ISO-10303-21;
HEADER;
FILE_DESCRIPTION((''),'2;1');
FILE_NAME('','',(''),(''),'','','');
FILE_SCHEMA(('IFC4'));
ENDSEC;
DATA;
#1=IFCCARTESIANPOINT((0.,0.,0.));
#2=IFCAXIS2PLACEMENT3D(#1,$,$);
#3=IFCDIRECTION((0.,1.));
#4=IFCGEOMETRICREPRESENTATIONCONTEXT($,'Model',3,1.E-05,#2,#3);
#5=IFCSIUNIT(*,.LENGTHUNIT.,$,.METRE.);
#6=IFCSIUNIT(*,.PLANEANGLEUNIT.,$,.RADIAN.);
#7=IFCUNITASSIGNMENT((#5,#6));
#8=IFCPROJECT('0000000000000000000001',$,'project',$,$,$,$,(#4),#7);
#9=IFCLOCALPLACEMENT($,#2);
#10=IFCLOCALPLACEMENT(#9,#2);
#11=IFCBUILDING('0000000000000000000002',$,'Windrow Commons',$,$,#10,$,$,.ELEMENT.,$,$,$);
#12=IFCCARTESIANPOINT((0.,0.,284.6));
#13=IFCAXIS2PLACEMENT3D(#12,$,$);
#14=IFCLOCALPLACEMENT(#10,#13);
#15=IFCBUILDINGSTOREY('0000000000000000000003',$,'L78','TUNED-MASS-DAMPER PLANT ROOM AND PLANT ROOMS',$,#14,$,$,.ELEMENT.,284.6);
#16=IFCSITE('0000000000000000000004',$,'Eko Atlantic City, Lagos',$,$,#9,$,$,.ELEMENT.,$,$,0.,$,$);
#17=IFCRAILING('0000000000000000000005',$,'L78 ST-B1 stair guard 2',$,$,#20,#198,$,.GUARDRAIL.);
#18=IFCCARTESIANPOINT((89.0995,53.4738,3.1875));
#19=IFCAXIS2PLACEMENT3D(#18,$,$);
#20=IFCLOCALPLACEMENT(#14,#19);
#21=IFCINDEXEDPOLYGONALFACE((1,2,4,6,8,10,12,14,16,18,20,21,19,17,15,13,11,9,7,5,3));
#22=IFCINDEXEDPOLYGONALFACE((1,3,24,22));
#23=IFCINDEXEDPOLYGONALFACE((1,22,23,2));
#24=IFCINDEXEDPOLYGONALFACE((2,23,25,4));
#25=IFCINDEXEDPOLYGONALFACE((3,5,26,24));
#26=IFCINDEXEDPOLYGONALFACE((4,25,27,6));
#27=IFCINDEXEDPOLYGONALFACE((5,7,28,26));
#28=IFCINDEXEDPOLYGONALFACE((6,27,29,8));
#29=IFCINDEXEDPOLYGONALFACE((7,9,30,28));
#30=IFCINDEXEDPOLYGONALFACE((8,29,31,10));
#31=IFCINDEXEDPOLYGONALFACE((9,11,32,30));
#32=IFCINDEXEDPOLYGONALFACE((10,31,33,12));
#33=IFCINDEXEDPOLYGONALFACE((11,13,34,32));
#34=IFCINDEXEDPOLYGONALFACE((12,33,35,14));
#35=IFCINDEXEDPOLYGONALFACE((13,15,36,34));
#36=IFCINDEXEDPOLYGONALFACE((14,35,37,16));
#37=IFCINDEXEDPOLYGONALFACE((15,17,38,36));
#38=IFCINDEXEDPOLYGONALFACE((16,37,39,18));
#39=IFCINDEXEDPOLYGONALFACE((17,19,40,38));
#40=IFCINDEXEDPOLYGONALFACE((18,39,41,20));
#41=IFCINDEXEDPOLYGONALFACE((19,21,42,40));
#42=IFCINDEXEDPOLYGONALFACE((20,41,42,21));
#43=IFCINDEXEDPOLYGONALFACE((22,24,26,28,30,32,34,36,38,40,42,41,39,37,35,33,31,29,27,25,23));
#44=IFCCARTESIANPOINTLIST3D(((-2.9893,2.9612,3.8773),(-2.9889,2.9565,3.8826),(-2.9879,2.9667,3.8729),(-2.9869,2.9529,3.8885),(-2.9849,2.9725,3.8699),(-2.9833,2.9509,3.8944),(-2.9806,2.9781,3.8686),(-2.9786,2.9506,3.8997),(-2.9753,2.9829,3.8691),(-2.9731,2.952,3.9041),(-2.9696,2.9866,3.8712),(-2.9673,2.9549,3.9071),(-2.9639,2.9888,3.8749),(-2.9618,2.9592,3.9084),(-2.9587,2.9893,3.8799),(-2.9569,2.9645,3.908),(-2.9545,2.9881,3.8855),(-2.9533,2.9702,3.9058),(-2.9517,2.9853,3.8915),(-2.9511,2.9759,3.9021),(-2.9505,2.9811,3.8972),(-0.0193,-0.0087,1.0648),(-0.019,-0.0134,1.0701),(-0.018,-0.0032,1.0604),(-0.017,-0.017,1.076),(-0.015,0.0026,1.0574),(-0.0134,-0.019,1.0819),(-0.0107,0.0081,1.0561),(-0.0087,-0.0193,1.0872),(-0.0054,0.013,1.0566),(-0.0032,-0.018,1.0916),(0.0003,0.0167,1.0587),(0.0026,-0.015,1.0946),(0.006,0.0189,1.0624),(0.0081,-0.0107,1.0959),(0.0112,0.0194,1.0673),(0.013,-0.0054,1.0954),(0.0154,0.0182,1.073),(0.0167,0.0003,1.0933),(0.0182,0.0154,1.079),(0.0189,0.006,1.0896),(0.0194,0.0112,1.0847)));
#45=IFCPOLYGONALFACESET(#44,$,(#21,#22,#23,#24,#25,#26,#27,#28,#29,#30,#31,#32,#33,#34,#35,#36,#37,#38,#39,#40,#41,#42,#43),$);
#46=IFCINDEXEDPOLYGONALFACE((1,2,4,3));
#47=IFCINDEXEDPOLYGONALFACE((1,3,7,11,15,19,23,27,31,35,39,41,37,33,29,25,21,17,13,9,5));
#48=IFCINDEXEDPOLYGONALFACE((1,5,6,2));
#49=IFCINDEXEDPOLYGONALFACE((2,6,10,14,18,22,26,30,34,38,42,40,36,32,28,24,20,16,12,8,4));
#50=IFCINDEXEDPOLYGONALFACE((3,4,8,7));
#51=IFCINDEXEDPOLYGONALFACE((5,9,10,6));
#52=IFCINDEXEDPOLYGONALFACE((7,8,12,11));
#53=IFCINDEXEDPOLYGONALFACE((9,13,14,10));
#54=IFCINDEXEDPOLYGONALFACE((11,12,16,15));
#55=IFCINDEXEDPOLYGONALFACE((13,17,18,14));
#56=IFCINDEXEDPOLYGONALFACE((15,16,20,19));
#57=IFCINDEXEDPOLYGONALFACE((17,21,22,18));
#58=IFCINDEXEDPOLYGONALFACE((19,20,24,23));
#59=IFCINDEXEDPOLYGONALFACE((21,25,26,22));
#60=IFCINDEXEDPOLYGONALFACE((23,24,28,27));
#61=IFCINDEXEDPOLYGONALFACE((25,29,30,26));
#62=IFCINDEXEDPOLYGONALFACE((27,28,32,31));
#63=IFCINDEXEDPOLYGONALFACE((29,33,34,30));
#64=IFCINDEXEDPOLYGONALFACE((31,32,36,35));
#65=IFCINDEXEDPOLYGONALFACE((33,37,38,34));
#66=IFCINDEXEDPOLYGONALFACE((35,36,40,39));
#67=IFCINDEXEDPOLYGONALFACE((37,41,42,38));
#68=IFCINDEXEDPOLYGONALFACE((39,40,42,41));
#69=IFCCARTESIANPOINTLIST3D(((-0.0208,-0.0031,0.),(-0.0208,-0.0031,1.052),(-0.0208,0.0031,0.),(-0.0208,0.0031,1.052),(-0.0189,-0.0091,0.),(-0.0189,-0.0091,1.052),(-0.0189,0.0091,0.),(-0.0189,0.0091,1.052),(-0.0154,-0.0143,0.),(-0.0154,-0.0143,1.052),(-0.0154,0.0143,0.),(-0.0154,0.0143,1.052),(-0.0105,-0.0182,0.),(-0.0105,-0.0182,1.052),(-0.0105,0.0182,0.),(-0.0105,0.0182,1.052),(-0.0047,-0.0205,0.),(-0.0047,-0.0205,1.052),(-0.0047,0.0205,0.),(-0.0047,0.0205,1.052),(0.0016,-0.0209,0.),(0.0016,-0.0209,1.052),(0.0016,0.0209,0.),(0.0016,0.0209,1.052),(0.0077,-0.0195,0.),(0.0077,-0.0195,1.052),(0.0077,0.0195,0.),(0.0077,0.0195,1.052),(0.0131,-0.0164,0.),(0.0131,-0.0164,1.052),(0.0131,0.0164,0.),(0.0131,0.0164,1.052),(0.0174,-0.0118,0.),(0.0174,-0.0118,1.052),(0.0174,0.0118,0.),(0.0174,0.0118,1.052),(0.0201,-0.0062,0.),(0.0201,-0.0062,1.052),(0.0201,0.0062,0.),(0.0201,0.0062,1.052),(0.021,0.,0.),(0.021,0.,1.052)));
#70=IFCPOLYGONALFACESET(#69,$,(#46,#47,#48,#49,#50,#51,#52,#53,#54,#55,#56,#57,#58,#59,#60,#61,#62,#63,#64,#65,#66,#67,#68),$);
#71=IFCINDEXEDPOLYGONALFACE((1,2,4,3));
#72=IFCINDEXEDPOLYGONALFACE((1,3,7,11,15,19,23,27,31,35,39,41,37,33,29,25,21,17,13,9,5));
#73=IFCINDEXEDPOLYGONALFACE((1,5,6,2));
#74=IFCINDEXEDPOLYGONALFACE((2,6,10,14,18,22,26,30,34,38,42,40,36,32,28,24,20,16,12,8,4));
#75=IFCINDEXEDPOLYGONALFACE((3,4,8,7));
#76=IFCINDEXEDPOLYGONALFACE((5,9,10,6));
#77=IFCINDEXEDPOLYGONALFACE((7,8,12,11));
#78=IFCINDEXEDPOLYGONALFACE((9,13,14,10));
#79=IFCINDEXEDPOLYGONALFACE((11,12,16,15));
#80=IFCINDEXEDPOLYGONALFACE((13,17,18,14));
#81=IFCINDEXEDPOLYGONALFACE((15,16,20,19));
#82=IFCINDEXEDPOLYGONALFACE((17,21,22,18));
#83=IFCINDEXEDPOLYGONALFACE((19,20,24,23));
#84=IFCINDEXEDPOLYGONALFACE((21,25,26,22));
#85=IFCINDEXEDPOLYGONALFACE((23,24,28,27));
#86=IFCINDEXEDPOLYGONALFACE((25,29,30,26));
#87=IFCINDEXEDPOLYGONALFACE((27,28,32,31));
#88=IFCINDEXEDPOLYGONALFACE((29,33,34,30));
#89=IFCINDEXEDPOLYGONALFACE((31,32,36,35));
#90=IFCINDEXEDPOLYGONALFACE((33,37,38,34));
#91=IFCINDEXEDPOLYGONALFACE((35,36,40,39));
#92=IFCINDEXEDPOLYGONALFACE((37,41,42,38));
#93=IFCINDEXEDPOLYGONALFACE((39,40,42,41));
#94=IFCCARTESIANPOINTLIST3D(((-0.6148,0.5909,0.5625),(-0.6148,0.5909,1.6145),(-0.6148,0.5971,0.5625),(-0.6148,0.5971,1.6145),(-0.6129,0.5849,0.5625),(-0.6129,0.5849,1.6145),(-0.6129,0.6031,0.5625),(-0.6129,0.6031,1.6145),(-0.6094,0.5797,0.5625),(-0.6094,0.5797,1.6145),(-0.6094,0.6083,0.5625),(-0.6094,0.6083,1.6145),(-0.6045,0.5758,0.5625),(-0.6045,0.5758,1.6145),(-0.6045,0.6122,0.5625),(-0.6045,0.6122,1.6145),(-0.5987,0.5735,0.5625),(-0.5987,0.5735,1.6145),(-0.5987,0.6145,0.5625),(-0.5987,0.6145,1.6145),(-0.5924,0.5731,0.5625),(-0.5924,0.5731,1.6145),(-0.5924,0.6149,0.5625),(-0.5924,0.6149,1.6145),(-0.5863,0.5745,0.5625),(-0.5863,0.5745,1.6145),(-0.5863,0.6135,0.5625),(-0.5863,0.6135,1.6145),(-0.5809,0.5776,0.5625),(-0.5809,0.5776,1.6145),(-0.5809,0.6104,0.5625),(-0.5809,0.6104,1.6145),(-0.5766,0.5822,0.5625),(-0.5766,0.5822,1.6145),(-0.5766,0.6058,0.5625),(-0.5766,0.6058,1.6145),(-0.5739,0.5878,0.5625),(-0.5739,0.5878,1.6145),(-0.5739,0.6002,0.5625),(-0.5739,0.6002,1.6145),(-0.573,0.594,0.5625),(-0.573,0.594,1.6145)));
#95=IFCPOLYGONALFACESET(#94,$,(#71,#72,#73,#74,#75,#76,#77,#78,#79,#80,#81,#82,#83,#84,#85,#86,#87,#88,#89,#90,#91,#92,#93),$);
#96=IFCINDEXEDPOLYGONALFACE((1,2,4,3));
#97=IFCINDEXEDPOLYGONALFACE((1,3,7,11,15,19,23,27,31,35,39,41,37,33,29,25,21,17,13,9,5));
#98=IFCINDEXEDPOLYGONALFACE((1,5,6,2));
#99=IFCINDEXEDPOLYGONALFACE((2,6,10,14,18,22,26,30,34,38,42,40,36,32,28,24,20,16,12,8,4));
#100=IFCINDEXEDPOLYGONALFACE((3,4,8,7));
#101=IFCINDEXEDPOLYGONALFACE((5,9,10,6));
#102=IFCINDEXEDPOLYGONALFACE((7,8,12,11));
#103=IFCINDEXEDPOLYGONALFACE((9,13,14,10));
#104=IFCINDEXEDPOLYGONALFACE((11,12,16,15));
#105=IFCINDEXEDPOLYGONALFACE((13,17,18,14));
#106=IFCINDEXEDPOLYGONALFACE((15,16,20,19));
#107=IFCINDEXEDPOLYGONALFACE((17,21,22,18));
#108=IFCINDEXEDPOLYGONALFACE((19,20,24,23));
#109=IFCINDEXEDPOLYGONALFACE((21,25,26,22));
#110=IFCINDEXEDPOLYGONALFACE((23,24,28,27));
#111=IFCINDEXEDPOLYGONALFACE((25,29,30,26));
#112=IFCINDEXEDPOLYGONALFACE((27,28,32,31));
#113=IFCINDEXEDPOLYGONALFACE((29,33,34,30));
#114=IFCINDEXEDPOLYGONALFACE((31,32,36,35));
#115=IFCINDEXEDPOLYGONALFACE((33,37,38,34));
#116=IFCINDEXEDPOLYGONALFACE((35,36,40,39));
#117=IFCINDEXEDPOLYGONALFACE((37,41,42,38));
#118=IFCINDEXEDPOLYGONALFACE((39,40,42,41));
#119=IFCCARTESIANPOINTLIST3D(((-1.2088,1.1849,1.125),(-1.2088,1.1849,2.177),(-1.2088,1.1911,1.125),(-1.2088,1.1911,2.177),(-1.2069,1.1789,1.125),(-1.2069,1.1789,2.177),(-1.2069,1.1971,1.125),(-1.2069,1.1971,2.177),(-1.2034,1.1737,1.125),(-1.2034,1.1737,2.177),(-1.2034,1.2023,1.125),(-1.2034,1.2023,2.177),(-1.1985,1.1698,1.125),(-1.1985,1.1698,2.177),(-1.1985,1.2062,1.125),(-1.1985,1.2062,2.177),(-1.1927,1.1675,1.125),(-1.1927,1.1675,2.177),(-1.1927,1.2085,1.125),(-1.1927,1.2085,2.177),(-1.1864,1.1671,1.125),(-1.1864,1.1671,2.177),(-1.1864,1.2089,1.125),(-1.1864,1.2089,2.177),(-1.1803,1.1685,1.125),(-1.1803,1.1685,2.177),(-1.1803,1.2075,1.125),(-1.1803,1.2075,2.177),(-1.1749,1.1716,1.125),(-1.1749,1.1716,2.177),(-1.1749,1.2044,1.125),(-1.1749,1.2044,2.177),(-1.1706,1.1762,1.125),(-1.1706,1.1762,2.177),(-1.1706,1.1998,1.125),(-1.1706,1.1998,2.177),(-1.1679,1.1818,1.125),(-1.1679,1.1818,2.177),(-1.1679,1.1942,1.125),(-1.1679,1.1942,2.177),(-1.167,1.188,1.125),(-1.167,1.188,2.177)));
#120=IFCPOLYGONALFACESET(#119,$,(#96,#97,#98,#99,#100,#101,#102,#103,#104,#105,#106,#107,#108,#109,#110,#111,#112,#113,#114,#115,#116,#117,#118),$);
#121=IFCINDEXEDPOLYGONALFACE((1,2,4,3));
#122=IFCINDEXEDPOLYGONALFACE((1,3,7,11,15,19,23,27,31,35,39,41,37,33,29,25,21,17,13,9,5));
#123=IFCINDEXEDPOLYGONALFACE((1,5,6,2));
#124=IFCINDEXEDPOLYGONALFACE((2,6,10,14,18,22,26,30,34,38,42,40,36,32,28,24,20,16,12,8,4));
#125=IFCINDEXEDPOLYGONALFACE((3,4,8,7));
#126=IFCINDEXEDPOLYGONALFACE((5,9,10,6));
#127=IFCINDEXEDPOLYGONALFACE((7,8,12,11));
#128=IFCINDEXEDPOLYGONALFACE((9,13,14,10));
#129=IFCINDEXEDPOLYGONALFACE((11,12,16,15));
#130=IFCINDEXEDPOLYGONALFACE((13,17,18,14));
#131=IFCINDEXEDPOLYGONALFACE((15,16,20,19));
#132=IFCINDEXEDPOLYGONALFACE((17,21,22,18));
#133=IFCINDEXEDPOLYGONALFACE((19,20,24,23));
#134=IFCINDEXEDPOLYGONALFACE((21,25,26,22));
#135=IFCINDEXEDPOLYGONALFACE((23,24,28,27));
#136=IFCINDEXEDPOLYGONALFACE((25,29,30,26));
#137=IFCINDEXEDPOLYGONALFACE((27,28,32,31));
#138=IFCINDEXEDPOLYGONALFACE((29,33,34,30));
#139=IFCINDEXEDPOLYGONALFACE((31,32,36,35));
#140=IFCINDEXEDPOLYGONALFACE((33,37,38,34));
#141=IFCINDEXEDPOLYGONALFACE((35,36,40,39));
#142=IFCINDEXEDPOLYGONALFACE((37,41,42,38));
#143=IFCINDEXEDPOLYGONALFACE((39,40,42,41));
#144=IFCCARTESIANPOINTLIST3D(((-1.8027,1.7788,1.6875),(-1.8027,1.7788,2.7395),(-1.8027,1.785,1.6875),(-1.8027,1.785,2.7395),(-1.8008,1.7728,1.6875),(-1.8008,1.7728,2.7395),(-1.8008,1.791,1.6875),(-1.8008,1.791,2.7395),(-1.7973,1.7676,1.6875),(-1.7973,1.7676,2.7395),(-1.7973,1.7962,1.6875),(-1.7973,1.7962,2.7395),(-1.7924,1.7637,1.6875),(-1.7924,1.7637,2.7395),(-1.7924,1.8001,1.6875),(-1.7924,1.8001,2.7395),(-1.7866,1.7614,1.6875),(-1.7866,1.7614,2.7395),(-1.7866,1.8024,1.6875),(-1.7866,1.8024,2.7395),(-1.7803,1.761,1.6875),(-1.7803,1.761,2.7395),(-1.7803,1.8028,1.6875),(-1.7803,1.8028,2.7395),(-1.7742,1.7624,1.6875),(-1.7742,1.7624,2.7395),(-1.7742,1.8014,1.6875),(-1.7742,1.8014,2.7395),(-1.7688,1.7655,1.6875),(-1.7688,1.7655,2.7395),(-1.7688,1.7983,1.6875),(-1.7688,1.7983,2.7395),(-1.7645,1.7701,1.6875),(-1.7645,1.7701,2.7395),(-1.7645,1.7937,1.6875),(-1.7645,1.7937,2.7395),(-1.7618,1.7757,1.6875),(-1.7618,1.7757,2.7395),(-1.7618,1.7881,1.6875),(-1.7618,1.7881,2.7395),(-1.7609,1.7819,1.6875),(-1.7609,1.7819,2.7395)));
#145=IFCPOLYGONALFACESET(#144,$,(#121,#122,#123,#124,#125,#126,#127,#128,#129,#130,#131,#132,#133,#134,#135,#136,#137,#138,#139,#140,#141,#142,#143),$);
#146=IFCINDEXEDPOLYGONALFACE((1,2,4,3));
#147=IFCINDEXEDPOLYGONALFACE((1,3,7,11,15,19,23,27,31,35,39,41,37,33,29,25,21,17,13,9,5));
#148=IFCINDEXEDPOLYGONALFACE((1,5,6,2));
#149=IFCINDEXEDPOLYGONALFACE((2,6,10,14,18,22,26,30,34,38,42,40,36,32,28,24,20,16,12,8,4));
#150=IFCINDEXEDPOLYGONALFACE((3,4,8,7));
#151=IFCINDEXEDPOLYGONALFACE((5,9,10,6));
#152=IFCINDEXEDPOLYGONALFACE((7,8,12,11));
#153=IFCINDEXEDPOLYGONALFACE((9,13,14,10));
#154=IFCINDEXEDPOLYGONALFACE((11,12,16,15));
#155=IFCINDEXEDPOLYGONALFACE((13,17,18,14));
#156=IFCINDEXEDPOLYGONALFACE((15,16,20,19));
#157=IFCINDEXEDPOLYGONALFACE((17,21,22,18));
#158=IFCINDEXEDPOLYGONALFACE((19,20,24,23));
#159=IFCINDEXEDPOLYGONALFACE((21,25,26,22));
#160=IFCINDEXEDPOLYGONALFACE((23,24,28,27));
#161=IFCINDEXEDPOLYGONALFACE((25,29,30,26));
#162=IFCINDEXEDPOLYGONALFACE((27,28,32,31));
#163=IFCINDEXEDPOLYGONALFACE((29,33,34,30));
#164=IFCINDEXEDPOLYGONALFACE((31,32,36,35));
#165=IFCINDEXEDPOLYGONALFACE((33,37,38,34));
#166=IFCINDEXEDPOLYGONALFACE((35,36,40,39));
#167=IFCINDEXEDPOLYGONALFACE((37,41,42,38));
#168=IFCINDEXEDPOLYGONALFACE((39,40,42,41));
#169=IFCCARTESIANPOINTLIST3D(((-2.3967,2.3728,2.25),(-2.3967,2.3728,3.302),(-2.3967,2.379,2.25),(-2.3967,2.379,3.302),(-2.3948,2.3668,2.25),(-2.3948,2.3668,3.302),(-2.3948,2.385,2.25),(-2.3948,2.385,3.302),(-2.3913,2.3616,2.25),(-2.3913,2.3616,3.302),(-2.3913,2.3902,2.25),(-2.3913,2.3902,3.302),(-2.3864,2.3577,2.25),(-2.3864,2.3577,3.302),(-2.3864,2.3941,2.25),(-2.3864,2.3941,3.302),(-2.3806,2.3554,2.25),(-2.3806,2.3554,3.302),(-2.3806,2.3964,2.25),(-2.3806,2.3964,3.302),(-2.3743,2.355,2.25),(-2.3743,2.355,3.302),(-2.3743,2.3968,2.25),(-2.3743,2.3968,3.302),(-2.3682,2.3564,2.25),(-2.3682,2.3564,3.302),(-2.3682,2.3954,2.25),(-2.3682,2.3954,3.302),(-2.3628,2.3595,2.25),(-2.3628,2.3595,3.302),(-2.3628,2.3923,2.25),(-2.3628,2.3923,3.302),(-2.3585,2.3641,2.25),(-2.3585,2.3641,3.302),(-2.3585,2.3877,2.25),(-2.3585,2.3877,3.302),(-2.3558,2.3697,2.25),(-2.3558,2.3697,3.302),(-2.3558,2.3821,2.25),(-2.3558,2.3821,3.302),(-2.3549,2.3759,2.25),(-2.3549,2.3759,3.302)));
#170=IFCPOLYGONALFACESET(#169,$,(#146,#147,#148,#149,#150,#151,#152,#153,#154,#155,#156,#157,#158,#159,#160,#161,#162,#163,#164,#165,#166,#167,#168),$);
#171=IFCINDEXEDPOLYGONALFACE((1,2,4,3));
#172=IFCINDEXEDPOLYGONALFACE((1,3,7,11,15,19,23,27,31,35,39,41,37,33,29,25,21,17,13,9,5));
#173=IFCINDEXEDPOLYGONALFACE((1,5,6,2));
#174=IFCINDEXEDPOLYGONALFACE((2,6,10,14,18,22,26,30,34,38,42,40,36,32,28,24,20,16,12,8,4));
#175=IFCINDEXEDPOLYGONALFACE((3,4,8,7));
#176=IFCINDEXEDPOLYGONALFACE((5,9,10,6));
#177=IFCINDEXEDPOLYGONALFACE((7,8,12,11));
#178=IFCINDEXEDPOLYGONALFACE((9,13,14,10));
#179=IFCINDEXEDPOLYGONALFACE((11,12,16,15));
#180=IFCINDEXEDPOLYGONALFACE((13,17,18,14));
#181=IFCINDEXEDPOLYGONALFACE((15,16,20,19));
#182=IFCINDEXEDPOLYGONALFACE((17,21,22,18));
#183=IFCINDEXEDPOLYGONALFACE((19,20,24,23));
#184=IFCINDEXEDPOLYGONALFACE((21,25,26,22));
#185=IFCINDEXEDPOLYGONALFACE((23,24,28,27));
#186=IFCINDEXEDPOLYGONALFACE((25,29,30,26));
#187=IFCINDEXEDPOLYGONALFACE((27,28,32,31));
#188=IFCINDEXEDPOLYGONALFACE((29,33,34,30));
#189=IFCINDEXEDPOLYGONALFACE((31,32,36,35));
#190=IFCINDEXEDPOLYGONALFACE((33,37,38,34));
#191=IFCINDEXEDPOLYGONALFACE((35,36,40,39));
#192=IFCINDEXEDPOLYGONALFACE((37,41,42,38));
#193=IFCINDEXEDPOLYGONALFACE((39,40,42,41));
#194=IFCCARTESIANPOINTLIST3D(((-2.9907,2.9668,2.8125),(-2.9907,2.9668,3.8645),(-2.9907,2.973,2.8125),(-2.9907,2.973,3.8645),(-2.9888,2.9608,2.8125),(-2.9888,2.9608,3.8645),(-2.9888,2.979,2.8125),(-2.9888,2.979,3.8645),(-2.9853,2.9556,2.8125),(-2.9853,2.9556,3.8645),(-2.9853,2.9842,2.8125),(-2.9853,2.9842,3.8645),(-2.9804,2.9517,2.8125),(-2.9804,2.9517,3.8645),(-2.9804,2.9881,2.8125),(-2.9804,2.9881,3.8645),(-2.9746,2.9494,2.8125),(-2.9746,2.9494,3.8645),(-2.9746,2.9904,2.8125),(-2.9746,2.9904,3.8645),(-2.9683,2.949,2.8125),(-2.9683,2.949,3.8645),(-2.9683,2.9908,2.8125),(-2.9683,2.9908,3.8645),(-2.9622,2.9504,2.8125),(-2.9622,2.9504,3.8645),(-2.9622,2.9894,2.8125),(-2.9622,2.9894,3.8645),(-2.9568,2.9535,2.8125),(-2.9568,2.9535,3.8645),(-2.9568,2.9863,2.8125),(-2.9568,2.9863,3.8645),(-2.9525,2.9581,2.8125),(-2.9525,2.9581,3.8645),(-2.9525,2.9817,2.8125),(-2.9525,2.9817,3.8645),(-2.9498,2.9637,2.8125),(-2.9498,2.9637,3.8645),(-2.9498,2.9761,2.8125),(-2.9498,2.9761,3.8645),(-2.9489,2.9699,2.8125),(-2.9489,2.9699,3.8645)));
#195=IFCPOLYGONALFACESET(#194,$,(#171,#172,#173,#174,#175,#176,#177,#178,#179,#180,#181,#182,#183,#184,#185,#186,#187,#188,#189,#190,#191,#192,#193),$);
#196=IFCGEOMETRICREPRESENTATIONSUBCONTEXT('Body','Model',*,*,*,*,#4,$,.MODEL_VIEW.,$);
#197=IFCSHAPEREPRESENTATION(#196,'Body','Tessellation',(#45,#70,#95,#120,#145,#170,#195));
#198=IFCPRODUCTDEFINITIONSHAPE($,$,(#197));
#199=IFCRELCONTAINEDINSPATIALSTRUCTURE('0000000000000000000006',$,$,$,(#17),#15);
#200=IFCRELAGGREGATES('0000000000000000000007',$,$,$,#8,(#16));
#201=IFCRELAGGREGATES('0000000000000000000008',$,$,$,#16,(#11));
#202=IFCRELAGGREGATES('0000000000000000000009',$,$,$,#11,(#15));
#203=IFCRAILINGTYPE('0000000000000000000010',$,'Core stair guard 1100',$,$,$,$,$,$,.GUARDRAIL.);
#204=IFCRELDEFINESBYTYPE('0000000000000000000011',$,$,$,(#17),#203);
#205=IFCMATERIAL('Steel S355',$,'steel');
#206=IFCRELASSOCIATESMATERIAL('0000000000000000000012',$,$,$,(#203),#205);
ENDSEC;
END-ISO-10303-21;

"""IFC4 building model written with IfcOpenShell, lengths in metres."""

from ifc_helpers import new_model, si_unit, direction, frame, origin, origin_2d, place, context, subcontext, project, spatial, circle, extrude, material, type_object, element, save


model = new_model("IFC4")

# Units and contexts
model_context = context("Model", 3, precision=1e-05, world=origin(), true_north=direction((0.0, 1.0)))
body_context = subcontext(model_context, "Body", "Model", "MODEL_VIEW")
ifc_project = project(units=[si_unit("LENGTHUNIT", "METRE"), si_unit("PLANEANGLEUNIT", "RADIAN")], contexts=[model_context])

# Site, building, storey
site_placement = place(None, origin())
site = spatial("IfcSite", under=ifc_project, at=site_placement, Name="Eko Atlantic City, Lagos", CompositionType="ELEMENT", RefElevation=0.0)
building_placement = place(site_placement, origin())
building = spatial("IfcBuilding", under=site, at=building_placement, Name="Windrow Commons", CompositionType="ELEMENT")
storey_placement = place(building_placement, frame((0.0, 0.0, 284.6)))
storey = spatial("IfcBuildingStorey", under=building, at=storey_placement, Name="L78", Description="TUNED-MASS-DAMPER PLANT ROOM AND PLANT ROOMS", CompositionType="ELEMENT", Elevation=284.6)

# Railing
ifc_material_1 = material(Name="Steel S355", Category="steel")
railing_type_1 = type_object("IfcRailingType", Name="Core stair guard 1100", PredefinedType="GUARDRAIL", material=ifc_material_1)
railing_1_placement = place(storey_placement, frame((89.0995, 53.4738, 3.1875)))
element("IfcRailing", 1, at=railing_1_placement, inside=storey, type_object=railing_type_1, Name="L78 ST-B1 stair guard 2", PredefinedType="GUARDRAIL", context=body_context, shape_type="SweptSolid", body=[
    extrude(circle(Radius=0.024, at=origin_2d()), frame((0.0, 0.0, 1.076), z_axis=(-0.587543, 0.587543, 0.556404), x_axis=(-0.707107, -0.707107, 0.0)), (0.0, 0.0, 1.0), 5.0548),
    extrude(circle(Radius=0.021, at=origin_2d()), origin(), (0.0, 0.0, 1.0), 1.052),
    extrude(circle(Radius=0.021, at=origin_2d()), frame((-0.594, 0.594, 0.5625)), (0.0, 0.0, 1.0), 1.052),
    extrude(circle(Radius=0.021, at=origin_2d()), frame((-1.188, 1.188, 1.125)), (0.0, 0.0, 1.0), 1.052),
    extrude(circle(Radius=0.021, at=origin_2d()), frame((-1.7819, 1.7819, 1.6875)), (0.0, 0.0, 1.0), 1.052),
    extrude(circle(Radius=0.021, at=origin_2d()), frame((-2.3759, 2.3759, 2.25)), (0.0, 0.0, 1.0), 1.052),
    extrude(circle(Radius=0.021, at=origin_2d()), frame((-2.9699, 2.9699, 2.8125)), (0.0, 0.0, 1.0), 1.052),
])

save(model, "model.ifc")
